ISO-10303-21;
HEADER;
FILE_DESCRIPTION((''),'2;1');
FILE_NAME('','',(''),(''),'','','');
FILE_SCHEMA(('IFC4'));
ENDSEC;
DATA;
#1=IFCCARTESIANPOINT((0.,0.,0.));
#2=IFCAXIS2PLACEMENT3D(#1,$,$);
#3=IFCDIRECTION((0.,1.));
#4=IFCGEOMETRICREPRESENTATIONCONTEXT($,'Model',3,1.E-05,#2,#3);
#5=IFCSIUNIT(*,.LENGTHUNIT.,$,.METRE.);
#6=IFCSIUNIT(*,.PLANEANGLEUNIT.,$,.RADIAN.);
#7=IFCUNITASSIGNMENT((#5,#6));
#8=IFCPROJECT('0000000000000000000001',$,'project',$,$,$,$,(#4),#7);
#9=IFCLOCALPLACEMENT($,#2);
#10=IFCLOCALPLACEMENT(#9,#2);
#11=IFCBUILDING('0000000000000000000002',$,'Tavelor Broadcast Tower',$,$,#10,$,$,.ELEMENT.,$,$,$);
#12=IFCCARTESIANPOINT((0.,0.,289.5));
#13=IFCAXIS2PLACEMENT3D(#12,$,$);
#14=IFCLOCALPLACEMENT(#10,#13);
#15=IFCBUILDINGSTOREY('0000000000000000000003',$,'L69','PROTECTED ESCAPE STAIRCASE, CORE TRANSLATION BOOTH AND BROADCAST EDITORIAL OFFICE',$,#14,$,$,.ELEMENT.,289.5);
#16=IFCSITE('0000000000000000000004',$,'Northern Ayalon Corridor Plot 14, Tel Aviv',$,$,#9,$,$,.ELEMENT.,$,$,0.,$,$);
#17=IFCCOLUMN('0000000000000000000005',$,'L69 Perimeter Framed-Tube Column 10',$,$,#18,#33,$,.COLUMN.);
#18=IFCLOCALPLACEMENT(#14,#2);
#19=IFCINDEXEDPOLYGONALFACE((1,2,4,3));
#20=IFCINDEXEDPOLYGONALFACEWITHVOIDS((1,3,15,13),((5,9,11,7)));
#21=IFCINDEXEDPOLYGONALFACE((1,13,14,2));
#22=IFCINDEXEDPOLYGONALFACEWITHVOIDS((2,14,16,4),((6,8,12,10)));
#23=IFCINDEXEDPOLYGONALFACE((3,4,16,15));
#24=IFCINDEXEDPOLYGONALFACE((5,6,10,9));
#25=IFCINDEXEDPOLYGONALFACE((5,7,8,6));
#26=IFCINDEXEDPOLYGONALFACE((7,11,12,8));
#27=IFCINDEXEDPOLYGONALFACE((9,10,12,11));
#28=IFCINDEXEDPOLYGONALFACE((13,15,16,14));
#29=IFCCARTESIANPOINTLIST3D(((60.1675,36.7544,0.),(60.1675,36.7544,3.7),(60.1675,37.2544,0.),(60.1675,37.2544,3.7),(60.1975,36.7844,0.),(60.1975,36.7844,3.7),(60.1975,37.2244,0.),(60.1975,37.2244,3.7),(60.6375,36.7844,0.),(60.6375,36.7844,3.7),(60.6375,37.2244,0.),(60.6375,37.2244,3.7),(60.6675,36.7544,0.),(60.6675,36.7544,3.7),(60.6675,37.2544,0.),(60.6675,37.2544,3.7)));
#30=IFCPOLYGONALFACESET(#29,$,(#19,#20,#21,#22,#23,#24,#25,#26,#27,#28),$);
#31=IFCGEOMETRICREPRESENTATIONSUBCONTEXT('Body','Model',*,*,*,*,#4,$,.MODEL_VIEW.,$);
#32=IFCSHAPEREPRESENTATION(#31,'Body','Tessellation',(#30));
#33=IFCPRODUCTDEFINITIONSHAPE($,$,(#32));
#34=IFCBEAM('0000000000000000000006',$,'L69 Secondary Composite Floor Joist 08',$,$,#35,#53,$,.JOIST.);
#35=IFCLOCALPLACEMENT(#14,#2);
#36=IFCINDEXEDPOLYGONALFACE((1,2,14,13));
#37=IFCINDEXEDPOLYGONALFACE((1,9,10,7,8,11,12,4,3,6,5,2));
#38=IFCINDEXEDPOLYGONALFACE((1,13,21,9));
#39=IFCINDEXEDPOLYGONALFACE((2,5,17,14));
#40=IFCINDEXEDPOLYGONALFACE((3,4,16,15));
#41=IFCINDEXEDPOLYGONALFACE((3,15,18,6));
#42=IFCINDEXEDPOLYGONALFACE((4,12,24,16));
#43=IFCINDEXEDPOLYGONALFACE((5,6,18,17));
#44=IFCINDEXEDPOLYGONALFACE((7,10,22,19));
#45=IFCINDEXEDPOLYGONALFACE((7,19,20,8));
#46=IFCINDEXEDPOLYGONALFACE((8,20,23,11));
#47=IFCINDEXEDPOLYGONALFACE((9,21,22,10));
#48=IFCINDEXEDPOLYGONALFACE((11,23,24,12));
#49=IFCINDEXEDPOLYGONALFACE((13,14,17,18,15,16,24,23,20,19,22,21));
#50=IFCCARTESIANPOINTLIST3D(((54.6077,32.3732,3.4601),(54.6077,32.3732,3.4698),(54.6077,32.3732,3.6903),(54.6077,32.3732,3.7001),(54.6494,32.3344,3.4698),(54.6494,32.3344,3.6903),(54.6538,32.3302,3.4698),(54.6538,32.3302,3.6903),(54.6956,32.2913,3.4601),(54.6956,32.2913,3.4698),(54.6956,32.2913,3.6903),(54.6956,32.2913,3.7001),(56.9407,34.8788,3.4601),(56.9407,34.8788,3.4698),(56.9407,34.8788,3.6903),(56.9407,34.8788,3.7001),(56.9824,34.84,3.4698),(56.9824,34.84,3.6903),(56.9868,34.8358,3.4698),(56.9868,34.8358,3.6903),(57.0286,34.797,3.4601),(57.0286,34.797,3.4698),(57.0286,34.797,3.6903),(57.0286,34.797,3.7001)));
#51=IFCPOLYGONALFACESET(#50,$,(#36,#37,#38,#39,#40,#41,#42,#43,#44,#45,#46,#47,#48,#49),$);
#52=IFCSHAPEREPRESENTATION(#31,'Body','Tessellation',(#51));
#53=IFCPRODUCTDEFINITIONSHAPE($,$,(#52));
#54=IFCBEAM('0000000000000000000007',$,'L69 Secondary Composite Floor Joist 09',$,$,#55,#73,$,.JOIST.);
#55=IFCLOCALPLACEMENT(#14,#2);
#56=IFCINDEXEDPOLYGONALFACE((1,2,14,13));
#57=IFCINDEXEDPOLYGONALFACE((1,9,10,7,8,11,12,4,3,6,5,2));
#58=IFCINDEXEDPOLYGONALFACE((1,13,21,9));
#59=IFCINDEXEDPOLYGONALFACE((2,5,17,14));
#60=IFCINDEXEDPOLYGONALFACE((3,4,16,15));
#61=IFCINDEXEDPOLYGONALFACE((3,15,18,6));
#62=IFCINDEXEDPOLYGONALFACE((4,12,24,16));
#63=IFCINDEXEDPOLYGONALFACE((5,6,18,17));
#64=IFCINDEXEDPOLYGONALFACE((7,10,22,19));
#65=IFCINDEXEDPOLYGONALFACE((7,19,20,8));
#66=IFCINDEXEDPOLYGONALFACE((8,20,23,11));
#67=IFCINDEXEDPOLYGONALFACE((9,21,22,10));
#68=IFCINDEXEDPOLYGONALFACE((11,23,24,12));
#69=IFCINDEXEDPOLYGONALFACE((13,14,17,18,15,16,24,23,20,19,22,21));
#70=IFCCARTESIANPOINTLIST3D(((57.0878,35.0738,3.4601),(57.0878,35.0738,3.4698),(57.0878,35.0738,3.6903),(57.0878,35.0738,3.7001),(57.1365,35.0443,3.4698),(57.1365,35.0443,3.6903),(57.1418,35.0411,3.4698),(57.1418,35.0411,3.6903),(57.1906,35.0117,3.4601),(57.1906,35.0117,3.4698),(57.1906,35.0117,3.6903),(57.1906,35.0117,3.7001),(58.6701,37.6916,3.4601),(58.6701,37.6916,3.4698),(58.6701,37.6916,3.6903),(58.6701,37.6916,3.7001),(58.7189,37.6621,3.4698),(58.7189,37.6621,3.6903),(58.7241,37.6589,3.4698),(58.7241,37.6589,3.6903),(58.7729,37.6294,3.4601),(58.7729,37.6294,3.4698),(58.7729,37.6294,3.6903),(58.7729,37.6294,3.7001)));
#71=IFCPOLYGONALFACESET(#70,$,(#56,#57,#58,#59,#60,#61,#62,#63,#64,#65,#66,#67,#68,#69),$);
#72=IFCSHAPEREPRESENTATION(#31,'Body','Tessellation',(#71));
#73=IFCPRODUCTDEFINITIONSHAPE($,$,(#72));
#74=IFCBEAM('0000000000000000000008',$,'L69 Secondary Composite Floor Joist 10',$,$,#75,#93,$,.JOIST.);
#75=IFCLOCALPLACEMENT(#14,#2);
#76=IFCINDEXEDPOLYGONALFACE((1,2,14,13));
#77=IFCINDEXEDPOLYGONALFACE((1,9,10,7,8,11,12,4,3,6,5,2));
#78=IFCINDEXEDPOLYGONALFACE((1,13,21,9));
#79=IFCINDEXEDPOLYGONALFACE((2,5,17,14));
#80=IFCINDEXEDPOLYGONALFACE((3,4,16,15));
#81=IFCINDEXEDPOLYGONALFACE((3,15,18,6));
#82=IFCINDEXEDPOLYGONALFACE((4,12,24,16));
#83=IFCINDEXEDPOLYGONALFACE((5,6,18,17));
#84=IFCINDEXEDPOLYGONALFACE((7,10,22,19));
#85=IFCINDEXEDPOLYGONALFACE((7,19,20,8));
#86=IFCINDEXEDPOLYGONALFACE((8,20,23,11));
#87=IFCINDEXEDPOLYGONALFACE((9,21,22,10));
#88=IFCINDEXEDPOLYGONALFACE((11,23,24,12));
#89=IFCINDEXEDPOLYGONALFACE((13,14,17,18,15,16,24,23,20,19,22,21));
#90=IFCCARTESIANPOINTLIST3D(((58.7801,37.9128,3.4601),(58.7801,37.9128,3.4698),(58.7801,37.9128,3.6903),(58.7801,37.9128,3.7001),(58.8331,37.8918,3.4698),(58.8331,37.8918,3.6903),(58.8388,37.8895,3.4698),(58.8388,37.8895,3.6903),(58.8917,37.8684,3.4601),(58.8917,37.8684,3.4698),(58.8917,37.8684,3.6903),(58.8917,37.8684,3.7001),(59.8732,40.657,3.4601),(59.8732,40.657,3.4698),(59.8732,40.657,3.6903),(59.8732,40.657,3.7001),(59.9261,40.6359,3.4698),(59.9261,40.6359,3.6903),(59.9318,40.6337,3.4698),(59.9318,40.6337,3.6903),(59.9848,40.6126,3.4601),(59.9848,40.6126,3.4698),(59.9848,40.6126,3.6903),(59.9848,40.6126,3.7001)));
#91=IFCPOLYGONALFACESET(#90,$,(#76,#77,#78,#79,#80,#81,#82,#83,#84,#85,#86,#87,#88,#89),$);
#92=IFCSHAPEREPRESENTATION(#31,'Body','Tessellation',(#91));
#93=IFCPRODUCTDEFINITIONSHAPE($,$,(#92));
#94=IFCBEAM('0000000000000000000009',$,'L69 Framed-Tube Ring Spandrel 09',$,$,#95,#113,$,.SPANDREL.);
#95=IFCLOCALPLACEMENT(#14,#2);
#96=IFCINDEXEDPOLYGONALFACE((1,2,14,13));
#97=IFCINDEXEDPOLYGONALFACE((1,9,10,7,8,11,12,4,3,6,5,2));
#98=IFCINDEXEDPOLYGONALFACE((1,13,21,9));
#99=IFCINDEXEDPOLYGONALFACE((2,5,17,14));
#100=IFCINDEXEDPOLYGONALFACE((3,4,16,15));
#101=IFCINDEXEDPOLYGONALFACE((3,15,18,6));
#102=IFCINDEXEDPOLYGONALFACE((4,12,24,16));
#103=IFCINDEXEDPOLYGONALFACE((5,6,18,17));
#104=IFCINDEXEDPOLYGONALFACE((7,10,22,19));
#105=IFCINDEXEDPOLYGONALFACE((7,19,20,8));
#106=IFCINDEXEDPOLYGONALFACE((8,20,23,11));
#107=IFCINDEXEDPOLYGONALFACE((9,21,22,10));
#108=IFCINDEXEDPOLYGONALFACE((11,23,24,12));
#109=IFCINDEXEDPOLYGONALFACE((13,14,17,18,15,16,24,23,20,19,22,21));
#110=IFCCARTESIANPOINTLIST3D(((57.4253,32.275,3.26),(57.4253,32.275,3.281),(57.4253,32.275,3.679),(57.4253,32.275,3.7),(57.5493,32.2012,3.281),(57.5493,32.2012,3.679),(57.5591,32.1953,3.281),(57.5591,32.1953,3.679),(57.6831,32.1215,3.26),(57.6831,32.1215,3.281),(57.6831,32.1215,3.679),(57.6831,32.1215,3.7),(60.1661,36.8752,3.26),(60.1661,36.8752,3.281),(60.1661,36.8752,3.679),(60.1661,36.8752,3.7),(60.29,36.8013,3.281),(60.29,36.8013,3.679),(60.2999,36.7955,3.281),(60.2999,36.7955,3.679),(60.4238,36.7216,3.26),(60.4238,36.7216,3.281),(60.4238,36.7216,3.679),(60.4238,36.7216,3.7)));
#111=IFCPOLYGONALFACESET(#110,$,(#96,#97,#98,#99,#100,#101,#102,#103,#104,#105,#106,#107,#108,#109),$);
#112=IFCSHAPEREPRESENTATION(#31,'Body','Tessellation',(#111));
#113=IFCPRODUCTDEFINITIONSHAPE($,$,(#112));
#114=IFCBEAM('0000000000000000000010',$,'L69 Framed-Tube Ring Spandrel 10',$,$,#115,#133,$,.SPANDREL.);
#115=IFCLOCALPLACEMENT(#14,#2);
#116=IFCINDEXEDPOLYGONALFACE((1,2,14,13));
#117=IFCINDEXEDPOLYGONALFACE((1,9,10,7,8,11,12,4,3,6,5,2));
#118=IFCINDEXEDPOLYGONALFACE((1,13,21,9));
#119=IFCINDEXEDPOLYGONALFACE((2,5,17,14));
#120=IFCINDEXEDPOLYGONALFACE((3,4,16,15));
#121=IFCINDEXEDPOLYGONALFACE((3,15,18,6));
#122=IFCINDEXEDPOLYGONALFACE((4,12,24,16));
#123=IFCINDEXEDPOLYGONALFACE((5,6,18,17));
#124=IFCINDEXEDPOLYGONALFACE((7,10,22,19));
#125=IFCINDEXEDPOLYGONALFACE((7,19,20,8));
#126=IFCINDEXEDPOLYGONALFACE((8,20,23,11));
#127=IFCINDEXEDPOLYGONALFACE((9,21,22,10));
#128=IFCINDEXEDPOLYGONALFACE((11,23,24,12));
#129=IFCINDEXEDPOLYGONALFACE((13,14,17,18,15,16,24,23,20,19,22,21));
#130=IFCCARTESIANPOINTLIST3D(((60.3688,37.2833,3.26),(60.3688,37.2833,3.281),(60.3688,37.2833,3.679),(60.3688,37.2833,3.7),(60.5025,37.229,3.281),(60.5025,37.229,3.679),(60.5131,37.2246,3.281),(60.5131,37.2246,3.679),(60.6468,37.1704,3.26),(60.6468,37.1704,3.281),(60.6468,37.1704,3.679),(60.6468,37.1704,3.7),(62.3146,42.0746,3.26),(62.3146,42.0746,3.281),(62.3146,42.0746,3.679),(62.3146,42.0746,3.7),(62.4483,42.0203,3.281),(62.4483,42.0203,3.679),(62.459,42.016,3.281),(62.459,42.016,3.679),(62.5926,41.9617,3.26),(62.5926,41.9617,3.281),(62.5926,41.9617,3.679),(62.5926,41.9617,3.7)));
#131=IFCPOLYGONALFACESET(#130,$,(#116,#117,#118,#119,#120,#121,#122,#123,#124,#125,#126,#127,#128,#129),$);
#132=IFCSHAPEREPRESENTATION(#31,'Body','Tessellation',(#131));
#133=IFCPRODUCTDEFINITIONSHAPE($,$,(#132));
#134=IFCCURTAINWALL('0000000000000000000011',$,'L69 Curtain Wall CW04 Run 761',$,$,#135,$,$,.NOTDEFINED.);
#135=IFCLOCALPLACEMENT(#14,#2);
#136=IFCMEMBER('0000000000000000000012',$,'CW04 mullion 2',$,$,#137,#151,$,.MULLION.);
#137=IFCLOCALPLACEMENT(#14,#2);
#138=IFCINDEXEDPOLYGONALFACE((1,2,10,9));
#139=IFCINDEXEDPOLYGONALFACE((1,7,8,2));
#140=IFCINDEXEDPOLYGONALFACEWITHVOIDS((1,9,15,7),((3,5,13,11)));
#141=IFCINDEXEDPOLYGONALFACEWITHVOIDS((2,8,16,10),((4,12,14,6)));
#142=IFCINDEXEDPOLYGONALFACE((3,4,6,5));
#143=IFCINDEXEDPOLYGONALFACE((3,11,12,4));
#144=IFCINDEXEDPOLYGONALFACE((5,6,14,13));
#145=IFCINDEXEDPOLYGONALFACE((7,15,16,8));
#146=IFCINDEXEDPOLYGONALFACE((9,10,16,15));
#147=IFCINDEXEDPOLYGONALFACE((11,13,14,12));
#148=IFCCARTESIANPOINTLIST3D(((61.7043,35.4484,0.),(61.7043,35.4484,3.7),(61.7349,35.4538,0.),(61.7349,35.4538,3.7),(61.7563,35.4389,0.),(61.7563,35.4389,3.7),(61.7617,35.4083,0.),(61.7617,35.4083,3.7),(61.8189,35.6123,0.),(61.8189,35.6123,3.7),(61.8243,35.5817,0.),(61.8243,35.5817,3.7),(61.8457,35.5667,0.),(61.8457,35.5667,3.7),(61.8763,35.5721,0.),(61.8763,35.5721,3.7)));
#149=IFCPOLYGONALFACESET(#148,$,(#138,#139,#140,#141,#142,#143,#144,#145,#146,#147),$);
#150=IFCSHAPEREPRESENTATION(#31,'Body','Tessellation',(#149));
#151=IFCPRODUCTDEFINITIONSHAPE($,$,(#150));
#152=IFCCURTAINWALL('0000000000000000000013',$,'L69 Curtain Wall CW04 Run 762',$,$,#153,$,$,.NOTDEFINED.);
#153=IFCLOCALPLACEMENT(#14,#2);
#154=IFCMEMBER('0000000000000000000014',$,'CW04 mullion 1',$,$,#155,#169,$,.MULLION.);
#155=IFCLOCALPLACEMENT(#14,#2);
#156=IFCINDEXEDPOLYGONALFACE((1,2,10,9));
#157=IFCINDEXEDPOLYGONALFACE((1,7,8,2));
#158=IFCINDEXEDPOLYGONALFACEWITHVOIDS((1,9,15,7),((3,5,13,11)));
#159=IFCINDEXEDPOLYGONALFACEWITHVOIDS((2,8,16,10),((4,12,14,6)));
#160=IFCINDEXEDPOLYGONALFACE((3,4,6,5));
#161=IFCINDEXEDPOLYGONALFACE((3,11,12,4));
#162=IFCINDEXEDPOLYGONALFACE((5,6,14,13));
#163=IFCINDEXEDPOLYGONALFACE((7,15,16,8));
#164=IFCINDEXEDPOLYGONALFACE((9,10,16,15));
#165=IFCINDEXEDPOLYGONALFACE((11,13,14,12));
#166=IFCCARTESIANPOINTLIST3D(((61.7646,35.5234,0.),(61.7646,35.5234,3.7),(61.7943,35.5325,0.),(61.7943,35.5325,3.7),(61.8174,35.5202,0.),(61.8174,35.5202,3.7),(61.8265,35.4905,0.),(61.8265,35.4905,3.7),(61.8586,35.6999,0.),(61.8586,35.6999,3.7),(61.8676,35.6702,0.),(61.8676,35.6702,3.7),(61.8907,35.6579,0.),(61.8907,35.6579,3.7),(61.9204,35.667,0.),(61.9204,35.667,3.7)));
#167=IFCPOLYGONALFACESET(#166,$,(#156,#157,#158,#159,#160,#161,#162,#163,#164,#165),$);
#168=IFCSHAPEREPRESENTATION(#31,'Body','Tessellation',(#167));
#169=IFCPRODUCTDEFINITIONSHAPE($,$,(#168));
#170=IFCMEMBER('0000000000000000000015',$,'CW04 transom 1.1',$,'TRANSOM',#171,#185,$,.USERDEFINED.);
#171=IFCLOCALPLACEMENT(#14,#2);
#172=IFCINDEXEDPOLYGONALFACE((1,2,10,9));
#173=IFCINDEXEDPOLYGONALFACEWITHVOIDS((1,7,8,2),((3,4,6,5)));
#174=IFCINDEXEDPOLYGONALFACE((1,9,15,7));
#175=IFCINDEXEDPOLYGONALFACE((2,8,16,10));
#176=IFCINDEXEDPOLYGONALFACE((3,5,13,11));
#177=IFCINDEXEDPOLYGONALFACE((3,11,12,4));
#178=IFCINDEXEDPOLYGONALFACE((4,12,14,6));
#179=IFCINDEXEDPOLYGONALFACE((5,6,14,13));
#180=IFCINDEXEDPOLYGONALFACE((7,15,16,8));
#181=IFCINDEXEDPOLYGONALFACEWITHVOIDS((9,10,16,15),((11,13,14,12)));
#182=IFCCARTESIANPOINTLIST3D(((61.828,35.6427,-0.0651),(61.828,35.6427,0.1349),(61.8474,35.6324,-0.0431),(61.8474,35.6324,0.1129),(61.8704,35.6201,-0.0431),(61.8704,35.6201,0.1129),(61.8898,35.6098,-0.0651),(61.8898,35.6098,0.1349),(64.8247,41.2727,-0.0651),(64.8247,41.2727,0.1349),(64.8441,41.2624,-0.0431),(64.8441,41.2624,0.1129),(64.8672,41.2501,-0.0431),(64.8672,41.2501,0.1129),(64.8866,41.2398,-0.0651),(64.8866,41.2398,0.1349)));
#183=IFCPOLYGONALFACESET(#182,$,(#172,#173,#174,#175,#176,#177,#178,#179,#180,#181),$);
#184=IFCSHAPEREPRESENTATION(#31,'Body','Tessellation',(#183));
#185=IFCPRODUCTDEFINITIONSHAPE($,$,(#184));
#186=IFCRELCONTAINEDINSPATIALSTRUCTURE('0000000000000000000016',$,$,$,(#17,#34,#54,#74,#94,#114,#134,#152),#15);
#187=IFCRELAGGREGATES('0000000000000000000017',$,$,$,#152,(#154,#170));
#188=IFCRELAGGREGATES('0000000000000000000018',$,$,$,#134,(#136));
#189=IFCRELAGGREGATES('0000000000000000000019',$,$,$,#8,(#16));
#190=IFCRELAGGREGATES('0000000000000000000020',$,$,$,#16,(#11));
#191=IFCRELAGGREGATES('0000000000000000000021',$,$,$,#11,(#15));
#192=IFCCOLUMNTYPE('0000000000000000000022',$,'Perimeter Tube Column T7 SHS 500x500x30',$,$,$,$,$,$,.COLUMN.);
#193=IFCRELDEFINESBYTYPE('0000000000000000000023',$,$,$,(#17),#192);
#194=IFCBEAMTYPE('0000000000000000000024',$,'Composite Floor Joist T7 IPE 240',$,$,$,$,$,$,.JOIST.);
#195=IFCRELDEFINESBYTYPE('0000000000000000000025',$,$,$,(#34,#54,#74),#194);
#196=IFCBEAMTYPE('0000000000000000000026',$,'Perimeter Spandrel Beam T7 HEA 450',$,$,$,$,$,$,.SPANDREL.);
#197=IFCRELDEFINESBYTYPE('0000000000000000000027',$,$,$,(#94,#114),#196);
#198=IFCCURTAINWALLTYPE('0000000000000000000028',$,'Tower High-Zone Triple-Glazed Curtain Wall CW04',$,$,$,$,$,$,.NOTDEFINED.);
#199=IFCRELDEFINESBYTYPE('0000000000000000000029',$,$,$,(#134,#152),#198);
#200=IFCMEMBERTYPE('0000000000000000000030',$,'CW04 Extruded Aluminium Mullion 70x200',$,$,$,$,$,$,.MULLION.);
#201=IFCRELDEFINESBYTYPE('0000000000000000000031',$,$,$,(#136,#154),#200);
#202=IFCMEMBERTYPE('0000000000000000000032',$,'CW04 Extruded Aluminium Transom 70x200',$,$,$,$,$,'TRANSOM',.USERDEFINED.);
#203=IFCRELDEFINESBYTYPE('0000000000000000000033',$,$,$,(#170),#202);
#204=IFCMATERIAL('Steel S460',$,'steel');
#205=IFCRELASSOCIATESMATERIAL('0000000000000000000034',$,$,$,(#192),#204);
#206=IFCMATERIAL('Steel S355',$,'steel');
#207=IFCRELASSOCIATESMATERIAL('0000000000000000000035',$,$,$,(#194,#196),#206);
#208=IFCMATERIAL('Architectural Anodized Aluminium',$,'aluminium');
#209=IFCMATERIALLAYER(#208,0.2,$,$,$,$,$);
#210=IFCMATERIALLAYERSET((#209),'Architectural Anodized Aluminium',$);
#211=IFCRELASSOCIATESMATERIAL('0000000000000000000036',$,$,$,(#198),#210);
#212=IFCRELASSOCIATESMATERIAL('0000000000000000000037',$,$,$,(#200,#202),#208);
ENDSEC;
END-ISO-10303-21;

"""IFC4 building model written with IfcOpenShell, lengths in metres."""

from ifc_helpers import new_model, si_unit, direction, frame, origin, origin_2d, place, context, subcontext, project, spatial, hollow_rectangle, i_section, extrude, source, transform, mapped, material, layer, layer_set, material_profile, profile_set, type_object, type_shapes, element, aggregate, save


model = new_model("IFC4")

# Units and contexts
model_context = context("Model", 3, precision=1e-05, world=origin(), true_north=direction((0.0, 1.0)))
body_context = subcontext(model_context, "Body", "Model", "MODEL_VIEW")
ifc_project = project(units=[si_unit("LENGTHUNIT", "METRE"), si_unit("PLANEANGLEUNIT", "RADIAN")], contexts=[model_context])

# Site, building, storey
site_placement = place(None, origin())
site = spatial("IfcSite", under=ifc_project, at=site_placement, Name="Northern Ayalon Corridor Plot 14, Tel Aviv", CompositionType="ELEMENT", RefElevation=0.0)
building_placement = place(site_placement, origin())
building = spatial("IfcBuilding", under=site, at=building_placement, Name="Tavelor Broadcast Tower", CompositionType="ELEMENT")
storey_placement = place(building_placement, frame((0.0, 0.0, 289.5)))
storey = spatial("IfcBuildingStorey", under=building, at=storey_placement, Name="L69", Description="PROTECTED ESCAPE STAIRCASE, CORE TRANSLATION BOOTH AND BROADCAST EDITORIAL OFFICE", CompositionType="ELEMENT", Elevation=289.5)

# Column
ifc_material_1 = material(Name="Steel S460", Category="steel")
ifc_material_profile_1 = material_profile(ifc_material_1, hollow_rectangle(XDim=0.5, YDim=0.5, WallThickness=0.03, at=origin_2d()), Name="SHS 500x500x30")
ifc_profile_set_1 = profile_set([ifc_material_profile_1], Name="Steel S460")
column_type = type_object("IfcColumnType", Name="Perimeter Tube Column T7 SHS 500x500x30", PredefinedType="COLUMN", material=ifc_profile_set_1)
column_placement = place(storey_placement, frame((60.4175, 37.0044, 0.0), z_axis=(0.0, 0.0, 1.0), x_axis=(1.0, 0.0, 0.0)))
element("IfcColumn", 1, at=column_placement, inside=storey, type_object=column_type, Name="L69 Perimeter Framed-Tube Column 10", PredefinedType="COLUMN", context=body_context, shape_type="SweptSolid", body=[
    extrude(hollow_rectangle(XDim=0.5, YDim=0.5, WallThickness=0.03, at=origin_2d()), origin(), (0.0, 0.0, 1.0), 3.7),
])

# Beams
ifc_material_2 = material(Name="Steel S355", Category="steel")
ifc_material_profile_2 = material_profile(ifc_material_2, i_section(OverallWidth=0.1201, OverallDepth=0.24, WebThickness=0.0061, FlangeThickness=0.0098, at=origin_2d()), Name="IPE 240")
ifc_profile_set_2 = profile_set([ifc_material_profile_2], Name="Steel S355")
beam_type_1 = type_object("IfcBeamType", Name="Composite Floor Joist T7 IPE 240", PredefinedType="JOIST", material=ifc_profile_set_2)
beam_1_placement = place(storey_placement, frame((54.6516, 32.3323, 3.5801), z_axis=(0.681449, 0.731866, 0.0), x_axis=(-0.731866, 0.681449, 0.0)))
element("IfcBeam", 2, at=beam_1_placement, inside=storey, type_object=beam_type_1, Name="L69 Secondary Composite Floor Joist 08", PredefinedType="JOIST", context=body_context, shape_type="SweptSolid", body=[
    extrude(i_section(OverallWidth=0.1201, OverallDepth=0.24, WebThickness=0.0061, FlangeThickness=0.0098, at=origin_2d()), origin(), (0.0, 0.0, 1.0), 3.4236),
])
beam_2_placement = place(storey_placement, frame((57.1392, 35.0427, 3.5801), z_axis=(0.517298, 0.855805, 0.0), x_axis=(-0.855805, 0.517298, 0.0)))
element("IfcBeam", 3, at=beam_2_placement, inside=storey, type_object=beam_type_1, Name="L69 Secondary Composite Floor Joist 09", PredefinedType="JOIST", context=body_context, shape_type="SweptSolid", body=[
    extrude(i_section(OverallWidth=0.1201, OverallDepth=0.24, WebThickness=0.0061, FlangeThickness=0.0098, at=origin_2d()), origin(), (0.0, 0.0, 1.0), 3.0588),
])
beam_3_placement = place(storey_placement, frame((58.8359, 37.8906, 3.5801), z_axis=(0.370036, 0.929017, 0.0), x_axis=(-0.929017, 0.370036, 0.0)))
element("IfcBeam", 4, at=beam_3_placement, inside=storey, type_object=beam_type_1, Name="L69 Secondary Composite Floor Joist 10", PredefinedType="JOIST", context=body_context, shape_type="SweptSolid", body=[
    extrude(i_section(OverallWidth=0.1201, OverallDepth=0.24, WebThickness=0.0061, FlangeThickness=0.0098, at=origin_2d()), origin(), (0.0, 0.0, 1.0), 2.9539),
])
ifc_material_profile_3 = material_profile(ifc_material_2, i_section(OverallWidth=0.3, OverallDepth=0.4399, WebThickness=0.0115, FlangeThickness=0.021, at=origin_2d()), Name="HEA 450")
ifc_profile_set_3 = profile_set([ifc_material_profile_3], Name="Steel S355")
beam_type_2 = type_object("IfcBeamType", Name="Perimeter Spandrel Beam T7 HEA 450", PredefinedType="SPANDREL", material=ifc_profile_set_3)
beam_4_placement = place(storey_placement, frame((57.5542, 32.1982, 3.48), z_axis=(0.511838, 0.859082, 0.0), x_axis=(-0.859082, 0.511838, 0.0)))
element("IfcBeam", 5, at=beam_4_placement, inside=storey, type_object=beam_type_2, Name="L69 Framed-Tube Ring Spandrel 09", PredefinedType="SPANDREL", context=body_context, shape_type="SweptSolid", body=[
    extrude(i_section(OverallWidth=0.3, OverallDepth=0.4399, WebThickness=0.0115, FlangeThickness=0.021, at=origin_2d()), origin(), (0.0, 0.0, 1.0), 5.3547),
])
beam_5_placement = place(storey_placement, frame((60.5078, 37.2268, 3.48), z_axis=(0.376269, 0.92651, 0.0), x_axis=(-0.92651, 0.376269, 0.0)))
element("IfcBeam", 6, at=beam_5_placement, inside=storey, type_object=beam_type_2, Name="L69 Framed-Tube Ring Spandrel 10", PredefinedType="SPANDREL", context=body_context, shape_type="SweptSolid", body=[
    extrude(i_section(OverallWidth=0.3, OverallDepth=0.4399, WebThickness=0.0115, FlangeThickness=0.021, at=origin_2d()), origin(), (0.0, 0.0, 1.0), 5.1714),
])

# Curtain wall, member
ifc_material_3 = material(Name="Architectural Anodized Aluminium", Category="aluminium")
ifc_layer_1 = layer(ifc_material_3, 0.2)
ifc_layer_set_1 = layer_set([ifc_layer_1], Name="Architectural Anodized Aluminium")
curtain_wall_type = type_object("IfcCurtainWallType", Name="Tower High-Zone Triple-Glazed Curtain Wall CW04", PredefinedType="NOTDEFINED", material=ifc_layer_set_1)
curtain_wall_1_placement = place(storey_placement, origin())
curtain_wall_1 = element("IfcCurtainWall", 7, at=curtain_wall_1_placement, inside=storey, type_object=curtain_wall_type, Name="L69 Curtain Wall CW04 Run 761", PredefinedType="NOTDEFINED")
ifc_material_profile_4 = material_profile(ifc_material_3, hollow_rectangle(XDim=0.0701, YDim=0.2, WallThickness=0.022, at=origin_2d()), Name="RHS 70x200x22")
ifc_profile_set_4 = profile_set([ifc_material_profile_4], Name="Architectural Anodized Aluminium")
member_type_1 = type_object("IfcMemberType", Name="CW04 Extruded Aluminium Mullion 70x200", PredefinedType="MULLION", material=ifc_profile_set_4)
shared_shape_1 = source(origin(), body_context, "Body", "SweptSolid", [
    extrude(hollow_rectangle(XDim=0.0701, YDim=0.2, WallThickness=0.022, at=origin_2d()), origin(), (0.0, 0.0, 1.0), 3.7),
])
type_shapes(member_type_1, [shared_shape_1])
member_1_placement = place(storey_placement, frame((61.7903, 35.5103, 0.0), z_axis=(0.0, 0.0, 1.0), x_axis=(-0.819407, 0.573212, 0.0)))
member_1 = element("IfcMember", 8, at=member_1_placement, type_object=member_type_1, Name="CW04 mullion 2", PredefinedType="MULLION", context=body_context, shape_type="MappedRepresentation", body=[
    mapped(shared_shape_1, transform((0.0, 0.0, 0.0), scale=1.0)),
])

# Curtain wall, members
curtain_wall_2_placement = place(storey_placement, origin())
curtain_wall_2 = element("IfcCurtainWall", 9, at=curtain_wall_2_placement, inside=storey, type_object=curtain_wall_type, Name="L69 Curtain Wall CW04 Run 762", PredefinedType="NOTDEFINED")
member_2_placement = place(storey_placement, frame((61.8425, 35.5952, 0.0), z_axis=(0.0, 0.0, 1.0), x_axis=(-0.882741, 0.46986, 0.0)))
member_2 = element("IfcMember", 10, at=member_2_placement, type_object=member_type_1, Name="CW04 mullion 1", PredefinedType="MULLION", context=body_context, shape_type="MappedRepresentation", body=[
    mapped(shared_shape_1, transform((0.0, 0.0, 0.0), scale=1.0)),
])
ifc_material_profile_5 = material_profile(ifc_material_3, hollow_rectangle(XDim=0.0701, YDim=0.2, WallThickness=0.022, at=origin_2d()), Name="RHS 70x200x22")
ifc_profile_set_5 = profile_set([ifc_material_profile_5], Name="Architectural Anodized Aluminium")
member_type_2 = type_object("IfcMemberType", Name="CW04 Extruded Aluminium Transom 70x200", ElementType="TRANSOM", PredefinedType="USERDEFINED", material=ifc_profile_set_5)
shared_shape_2 = source(origin(), body_context, "Body", "SweptSolid", [
    extrude(hollow_rectangle(XDim=0.0701, YDim=0.2, WallThickness=0.022, at=origin_2d()), origin(), (0.0, 0.0, 1.0), 6.3779),
])
type_shapes(member_type_2, [shared_shape_2])
member_3_placement = place(storey_placement, frame((61.8589, 35.6262, 0.0349), z_axis=(0.469867, 0.882737, 0.0), x_axis=(-0.882737, 0.469867, 0.0)))
member_3 = element("IfcMember", 11, at=member_3_placement, type_object=member_type_2, Name="CW04 transom 1.1", ObjectType="TRANSOM", PredefinedType="USERDEFINED", context=body_context, shape_type="MappedRepresentation", body=[
    mapped(shared_shape_2, transform((0.0, 0.0, 0.0), scale=1.0)),
])
aggregate(curtain_wall_2, [member_2, member_3])

aggregate(curtain_wall_1, [member_1])

save(model, "model.ifc")
